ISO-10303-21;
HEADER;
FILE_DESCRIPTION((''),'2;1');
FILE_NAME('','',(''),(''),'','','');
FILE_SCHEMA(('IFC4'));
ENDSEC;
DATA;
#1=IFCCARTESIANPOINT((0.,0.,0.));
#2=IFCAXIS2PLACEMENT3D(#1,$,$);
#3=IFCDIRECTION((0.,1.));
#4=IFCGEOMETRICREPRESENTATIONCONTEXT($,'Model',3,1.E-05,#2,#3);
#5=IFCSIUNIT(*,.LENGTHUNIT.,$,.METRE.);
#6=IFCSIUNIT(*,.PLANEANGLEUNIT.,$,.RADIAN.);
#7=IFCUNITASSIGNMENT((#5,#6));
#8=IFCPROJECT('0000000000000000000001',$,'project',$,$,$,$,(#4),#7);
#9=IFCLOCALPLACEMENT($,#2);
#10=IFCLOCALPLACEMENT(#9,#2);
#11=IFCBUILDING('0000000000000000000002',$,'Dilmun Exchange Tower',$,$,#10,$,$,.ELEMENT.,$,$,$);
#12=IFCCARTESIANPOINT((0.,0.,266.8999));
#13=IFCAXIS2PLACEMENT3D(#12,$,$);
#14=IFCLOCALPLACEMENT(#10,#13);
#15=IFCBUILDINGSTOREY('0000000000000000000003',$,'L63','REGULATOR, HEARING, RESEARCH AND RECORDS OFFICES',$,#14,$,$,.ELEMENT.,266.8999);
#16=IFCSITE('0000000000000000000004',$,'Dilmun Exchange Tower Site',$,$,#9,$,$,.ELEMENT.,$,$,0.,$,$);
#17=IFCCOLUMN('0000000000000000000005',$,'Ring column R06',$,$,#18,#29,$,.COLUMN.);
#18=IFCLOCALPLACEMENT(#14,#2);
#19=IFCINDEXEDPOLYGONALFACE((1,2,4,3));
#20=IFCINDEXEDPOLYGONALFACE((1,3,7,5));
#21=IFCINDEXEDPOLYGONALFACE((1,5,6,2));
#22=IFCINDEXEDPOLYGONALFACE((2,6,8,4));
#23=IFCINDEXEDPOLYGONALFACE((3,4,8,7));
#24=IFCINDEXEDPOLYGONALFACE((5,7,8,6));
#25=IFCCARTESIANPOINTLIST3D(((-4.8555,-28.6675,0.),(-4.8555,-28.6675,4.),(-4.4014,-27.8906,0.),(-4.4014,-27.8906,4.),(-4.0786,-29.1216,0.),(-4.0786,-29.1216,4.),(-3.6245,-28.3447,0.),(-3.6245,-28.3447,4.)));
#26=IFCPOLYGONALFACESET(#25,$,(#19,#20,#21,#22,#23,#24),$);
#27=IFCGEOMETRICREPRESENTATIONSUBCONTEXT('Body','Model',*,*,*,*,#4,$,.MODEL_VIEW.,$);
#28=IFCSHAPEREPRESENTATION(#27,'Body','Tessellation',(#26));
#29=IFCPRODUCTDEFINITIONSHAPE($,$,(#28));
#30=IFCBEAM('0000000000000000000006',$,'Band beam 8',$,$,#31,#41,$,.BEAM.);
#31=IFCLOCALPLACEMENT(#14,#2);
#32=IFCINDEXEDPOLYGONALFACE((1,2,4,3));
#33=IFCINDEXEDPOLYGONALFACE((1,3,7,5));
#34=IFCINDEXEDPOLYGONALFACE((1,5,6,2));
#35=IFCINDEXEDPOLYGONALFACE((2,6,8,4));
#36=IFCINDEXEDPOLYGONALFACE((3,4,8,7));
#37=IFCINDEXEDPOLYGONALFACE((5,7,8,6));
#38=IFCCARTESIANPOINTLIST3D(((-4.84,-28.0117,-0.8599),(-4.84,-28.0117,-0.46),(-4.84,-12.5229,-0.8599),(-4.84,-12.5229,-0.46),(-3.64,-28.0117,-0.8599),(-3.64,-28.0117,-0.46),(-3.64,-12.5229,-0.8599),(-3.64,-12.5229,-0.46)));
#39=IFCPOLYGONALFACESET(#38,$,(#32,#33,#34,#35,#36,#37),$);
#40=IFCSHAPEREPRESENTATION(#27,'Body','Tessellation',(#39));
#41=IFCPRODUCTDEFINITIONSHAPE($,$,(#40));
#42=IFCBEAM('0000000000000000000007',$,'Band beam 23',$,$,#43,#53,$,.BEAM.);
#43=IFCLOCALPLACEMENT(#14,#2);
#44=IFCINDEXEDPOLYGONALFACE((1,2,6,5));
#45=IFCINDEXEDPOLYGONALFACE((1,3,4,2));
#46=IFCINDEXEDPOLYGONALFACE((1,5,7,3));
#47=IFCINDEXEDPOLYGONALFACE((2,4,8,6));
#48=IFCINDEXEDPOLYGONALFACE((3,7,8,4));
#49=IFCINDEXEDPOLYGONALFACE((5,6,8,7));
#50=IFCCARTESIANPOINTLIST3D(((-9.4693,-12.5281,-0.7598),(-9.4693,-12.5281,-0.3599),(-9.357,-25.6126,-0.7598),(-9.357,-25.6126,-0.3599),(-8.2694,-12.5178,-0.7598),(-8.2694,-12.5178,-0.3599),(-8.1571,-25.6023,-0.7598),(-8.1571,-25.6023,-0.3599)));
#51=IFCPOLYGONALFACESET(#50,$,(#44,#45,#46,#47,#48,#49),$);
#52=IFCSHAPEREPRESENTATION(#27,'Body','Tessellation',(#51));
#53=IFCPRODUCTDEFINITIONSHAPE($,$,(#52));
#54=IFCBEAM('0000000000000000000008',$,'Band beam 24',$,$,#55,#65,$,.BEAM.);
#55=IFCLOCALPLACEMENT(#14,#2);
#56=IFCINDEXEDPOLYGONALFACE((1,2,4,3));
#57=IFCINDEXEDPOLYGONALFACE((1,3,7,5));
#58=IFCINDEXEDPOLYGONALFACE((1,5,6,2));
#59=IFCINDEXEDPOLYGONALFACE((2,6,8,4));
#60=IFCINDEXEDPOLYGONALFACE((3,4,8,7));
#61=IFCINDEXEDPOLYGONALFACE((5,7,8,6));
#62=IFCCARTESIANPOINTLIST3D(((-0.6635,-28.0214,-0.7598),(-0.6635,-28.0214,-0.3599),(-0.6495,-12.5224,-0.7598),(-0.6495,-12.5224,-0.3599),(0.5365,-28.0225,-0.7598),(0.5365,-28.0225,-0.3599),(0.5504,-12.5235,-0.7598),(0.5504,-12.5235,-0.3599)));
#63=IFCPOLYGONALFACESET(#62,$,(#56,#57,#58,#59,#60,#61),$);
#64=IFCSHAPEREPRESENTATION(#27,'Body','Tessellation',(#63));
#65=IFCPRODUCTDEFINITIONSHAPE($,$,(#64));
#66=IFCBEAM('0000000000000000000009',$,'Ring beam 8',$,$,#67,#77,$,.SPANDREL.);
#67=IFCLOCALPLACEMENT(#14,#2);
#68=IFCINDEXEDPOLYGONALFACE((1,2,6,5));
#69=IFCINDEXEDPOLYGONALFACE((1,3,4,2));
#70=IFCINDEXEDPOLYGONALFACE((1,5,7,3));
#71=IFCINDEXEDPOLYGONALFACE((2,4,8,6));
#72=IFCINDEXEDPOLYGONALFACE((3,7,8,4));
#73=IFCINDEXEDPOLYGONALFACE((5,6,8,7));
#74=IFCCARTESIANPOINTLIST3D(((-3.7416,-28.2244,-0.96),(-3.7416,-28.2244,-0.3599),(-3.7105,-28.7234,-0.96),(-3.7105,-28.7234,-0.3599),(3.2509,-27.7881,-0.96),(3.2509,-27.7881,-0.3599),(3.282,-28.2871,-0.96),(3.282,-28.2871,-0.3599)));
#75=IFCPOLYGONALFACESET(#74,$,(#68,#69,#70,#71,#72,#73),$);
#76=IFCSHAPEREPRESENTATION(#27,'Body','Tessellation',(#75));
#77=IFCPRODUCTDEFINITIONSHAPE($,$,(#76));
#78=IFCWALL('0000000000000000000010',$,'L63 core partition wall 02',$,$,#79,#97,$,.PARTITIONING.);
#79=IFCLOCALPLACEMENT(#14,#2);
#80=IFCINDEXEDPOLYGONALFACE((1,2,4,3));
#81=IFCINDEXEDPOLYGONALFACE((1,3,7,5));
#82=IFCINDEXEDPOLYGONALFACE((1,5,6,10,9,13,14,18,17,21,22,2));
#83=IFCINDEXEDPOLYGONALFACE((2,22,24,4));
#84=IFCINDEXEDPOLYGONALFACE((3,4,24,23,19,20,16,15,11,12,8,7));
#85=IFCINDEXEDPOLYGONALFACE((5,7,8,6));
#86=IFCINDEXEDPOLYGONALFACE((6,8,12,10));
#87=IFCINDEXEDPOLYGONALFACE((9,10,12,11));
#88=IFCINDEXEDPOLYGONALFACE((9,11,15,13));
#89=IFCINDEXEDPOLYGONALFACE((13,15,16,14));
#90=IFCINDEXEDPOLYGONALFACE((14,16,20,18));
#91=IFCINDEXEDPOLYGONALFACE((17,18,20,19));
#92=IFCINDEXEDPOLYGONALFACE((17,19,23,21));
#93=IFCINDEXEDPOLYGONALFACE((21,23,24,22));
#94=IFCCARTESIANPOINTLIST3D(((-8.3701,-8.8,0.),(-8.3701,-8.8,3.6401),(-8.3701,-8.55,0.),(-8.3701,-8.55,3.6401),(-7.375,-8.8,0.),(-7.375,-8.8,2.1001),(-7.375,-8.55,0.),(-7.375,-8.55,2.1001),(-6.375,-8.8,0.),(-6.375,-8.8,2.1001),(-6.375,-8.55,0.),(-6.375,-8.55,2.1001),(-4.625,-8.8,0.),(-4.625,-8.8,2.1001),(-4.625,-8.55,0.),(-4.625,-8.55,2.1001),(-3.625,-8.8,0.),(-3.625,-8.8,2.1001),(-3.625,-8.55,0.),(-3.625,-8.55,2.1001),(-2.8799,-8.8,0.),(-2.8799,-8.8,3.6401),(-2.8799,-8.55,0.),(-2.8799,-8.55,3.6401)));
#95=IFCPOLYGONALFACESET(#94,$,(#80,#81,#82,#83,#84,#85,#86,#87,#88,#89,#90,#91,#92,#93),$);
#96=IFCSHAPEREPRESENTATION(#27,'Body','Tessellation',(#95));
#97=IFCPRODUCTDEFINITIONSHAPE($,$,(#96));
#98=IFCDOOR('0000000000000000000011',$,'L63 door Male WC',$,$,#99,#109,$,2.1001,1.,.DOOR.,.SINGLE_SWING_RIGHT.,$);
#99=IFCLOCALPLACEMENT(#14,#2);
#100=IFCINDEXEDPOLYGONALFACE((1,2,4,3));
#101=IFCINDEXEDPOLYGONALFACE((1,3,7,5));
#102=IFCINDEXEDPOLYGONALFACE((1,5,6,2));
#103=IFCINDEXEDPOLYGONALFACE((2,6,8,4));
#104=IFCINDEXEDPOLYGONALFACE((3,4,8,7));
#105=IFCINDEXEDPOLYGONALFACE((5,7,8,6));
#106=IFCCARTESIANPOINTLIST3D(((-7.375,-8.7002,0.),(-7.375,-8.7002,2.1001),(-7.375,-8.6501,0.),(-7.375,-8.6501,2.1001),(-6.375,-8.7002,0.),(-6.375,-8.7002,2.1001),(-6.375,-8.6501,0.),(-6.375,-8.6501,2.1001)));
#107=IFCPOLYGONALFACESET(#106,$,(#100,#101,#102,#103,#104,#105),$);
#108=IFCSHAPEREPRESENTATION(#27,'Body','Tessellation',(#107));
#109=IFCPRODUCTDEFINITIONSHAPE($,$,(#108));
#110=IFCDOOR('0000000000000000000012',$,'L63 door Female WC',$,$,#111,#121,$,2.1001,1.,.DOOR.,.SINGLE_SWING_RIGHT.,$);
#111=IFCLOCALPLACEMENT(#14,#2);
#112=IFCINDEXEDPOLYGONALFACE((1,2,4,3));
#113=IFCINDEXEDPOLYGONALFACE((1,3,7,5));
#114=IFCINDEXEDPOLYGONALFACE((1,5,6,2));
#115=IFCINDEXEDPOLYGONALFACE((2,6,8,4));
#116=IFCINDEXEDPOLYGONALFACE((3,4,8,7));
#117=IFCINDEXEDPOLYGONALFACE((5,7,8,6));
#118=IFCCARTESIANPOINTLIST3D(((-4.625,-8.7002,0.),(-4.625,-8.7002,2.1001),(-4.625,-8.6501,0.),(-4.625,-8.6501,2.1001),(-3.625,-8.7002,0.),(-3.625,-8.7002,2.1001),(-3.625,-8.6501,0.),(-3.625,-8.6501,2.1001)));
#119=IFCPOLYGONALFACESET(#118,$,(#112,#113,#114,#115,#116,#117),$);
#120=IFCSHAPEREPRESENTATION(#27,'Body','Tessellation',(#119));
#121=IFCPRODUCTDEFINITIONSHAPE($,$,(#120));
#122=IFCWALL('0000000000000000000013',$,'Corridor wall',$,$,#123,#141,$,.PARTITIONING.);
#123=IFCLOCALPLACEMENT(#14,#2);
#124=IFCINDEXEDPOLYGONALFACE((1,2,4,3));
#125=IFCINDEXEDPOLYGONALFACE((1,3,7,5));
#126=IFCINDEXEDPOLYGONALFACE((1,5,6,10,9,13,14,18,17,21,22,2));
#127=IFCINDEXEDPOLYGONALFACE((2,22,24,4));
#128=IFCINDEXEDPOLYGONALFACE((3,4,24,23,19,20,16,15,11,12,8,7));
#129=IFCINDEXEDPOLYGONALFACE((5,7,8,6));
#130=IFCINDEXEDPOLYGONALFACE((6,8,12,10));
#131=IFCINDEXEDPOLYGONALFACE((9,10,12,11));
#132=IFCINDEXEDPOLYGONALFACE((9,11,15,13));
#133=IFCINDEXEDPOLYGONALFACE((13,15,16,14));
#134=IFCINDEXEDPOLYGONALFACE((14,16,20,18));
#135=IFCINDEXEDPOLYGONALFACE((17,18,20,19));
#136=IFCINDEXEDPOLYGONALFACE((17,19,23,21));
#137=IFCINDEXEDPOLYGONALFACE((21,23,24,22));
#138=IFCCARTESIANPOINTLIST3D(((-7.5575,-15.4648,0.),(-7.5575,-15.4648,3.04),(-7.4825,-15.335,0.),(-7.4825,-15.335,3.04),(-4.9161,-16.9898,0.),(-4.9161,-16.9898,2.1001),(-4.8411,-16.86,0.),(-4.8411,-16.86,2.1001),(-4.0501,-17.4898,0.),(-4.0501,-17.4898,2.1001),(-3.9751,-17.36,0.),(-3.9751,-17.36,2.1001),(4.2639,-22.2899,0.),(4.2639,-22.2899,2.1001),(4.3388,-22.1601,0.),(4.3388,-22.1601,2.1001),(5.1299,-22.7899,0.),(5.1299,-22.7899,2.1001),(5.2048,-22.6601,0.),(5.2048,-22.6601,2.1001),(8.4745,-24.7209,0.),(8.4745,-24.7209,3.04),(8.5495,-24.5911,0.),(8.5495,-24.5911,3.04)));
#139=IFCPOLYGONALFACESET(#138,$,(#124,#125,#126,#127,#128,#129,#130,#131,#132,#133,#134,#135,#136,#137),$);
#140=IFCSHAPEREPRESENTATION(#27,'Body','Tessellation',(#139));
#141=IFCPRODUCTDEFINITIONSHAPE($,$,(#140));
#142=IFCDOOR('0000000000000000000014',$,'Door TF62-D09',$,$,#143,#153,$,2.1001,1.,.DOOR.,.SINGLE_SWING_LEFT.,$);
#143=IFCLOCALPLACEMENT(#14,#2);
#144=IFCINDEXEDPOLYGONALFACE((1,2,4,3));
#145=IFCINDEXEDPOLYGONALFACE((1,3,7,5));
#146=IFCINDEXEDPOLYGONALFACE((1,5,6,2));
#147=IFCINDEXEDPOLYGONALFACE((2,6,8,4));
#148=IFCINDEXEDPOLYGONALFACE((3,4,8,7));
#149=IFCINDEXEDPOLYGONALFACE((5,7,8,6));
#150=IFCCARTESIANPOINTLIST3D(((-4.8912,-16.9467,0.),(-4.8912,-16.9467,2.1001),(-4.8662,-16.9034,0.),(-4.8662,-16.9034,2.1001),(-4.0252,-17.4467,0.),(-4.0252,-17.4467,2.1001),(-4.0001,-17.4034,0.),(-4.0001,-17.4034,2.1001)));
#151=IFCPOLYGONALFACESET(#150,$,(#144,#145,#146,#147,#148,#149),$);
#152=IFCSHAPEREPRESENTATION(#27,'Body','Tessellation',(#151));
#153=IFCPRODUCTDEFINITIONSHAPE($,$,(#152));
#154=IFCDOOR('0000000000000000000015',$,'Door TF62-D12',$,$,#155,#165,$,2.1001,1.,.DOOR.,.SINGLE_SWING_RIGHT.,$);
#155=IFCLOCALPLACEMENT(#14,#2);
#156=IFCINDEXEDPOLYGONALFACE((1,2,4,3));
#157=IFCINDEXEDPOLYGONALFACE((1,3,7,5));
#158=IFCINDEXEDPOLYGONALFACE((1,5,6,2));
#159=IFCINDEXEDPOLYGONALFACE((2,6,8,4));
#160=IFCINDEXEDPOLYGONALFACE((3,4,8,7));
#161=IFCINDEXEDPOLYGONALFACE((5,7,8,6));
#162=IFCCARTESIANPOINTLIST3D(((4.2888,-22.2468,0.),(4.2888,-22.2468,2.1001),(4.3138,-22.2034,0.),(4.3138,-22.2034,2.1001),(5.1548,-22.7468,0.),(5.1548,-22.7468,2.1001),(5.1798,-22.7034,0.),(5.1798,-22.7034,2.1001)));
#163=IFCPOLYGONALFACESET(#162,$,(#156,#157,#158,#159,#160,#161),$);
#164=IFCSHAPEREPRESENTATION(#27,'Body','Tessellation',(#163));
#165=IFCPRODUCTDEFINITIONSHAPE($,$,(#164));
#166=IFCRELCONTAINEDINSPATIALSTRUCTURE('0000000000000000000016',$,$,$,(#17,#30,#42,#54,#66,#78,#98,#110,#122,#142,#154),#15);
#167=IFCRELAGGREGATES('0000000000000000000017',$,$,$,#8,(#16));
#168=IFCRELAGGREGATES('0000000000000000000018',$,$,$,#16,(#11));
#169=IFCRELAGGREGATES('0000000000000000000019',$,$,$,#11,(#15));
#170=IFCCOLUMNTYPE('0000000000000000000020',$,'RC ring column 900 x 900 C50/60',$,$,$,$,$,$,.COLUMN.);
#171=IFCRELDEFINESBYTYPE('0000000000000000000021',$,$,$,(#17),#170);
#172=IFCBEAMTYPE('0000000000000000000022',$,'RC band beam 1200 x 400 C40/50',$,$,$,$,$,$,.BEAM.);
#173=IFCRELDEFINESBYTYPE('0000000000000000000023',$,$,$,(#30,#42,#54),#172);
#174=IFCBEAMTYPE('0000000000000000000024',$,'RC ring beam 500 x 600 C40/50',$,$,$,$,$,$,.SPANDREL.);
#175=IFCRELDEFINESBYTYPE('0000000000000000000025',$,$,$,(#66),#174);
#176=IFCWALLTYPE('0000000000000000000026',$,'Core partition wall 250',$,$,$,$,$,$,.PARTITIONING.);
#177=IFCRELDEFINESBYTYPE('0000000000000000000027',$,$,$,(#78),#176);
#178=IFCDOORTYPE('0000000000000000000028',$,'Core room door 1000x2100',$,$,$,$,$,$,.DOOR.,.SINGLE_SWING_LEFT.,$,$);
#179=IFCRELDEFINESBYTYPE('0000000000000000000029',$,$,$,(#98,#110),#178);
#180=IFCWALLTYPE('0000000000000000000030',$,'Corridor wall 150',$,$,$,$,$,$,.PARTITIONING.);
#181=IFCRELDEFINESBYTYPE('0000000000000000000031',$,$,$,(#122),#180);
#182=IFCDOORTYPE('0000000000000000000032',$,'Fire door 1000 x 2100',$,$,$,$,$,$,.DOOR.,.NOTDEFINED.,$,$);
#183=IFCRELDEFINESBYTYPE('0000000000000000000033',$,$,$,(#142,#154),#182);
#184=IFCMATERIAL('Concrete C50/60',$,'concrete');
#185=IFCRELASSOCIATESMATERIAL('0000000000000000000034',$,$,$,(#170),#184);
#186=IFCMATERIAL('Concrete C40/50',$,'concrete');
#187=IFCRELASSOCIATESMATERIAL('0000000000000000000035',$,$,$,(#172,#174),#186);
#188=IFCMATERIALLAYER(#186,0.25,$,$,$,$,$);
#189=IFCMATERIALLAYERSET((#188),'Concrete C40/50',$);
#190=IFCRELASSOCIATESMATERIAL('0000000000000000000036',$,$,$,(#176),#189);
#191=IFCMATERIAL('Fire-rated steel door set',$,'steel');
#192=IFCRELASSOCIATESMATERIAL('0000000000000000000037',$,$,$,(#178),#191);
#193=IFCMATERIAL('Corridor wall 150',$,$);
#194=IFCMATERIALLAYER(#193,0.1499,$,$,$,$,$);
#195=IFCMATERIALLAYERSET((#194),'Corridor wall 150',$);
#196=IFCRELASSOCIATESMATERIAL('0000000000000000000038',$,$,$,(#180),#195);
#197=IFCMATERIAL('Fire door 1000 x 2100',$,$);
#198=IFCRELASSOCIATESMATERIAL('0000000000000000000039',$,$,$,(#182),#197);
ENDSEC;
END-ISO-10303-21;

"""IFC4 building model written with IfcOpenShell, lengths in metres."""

from ifc_helpers import new_model, si_unit, direction, frame, frame_2d, origin, origin_2d, place, context, subcontext, project, spatial, rectangle, extrude, material, layer, layer_set, material_profile, profile_set, type_object, element, fill, save


model = new_model("IFC4")

# Units and contexts
model_context = context("Model", 3, precision=1e-05, world=origin(), true_north=direction((0.0, 1.0)))
body_context = subcontext(model_context, "Body", "Model", "MODEL_VIEW")
ifc_project = project(units=[si_unit("LENGTHUNIT", "METRE"), si_unit("PLANEANGLEUNIT", "RADIAN")], contexts=[model_context])

# Site, building, storey
site_placement = place(None, origin())
site = spatial("IfcSite", under=ifc_project, at=site_placement, Name="Dilmun Exchange Tower Site", CompositionType="ELEMENT", RefElevation=0.0)
building_placement = place(site_placement, origin())
building = spatial("IfcBuilding", under=site, at=building_placement, Name="Dilmun Exchange Tower", CompositionType="ELEMENT")
storey_placement = place(building_placement, frame((0.0, 0.0, 266.8999)))
storey = spatial("IfcBuildingStorey", under=building, at=storey_placement, Name="L63", Description="REGULATOR, HEARING, RESEARCH AND RECORDS OFFICES", CompositionType="ELEMENT", Elevation=266.8999)

# Column
ifc_material_1 = material(Name="Concrete C50/60", Category="concrete")
ifc_material_profile_1 = material_profile(ifc_material_1, rectangle(XDim=0.8999, YDim=0.8999, at=origin_2d()), Name="900 x 900")
ifc_profile_set_1 = profile_set([ifc_material_profile_1], Name="Concrete C50/60")
column_type = type_object("IfcColumnType", Name="RC ring column 900 x 900 C50/60", PredefinedType="COLUMN", material=ifc_profile_set_1)
column_placement = place(storey_placement, frame((-4.24, -28.5061, 0.0), z_axis=(0.0, 0.0, 1.0), x_axis=(0.504644, 0.863328, 0.0)))
element("IfcColumn", 1, at=column_placement, inside=storey, type_object=column_type, Name="Ring column R06", PredefinedType="COLUMN", context=body_context, shape_type="SweptSolid", body=[
    extrude(rectangle(XDim=0.8999, YDim=0.8999, at=origin_2d()), origin(), (0.0, 0.0, 1.0), 4.0),
])

# Beams
ifc_material_2 = material(Name="Concrete C40/50", Category="concrete")
ifc_material_profile_2 = material_profile(ifc_material_2, rectangle(XDim=1.2, YDim=0.3999, at=origin_2d()), Name="1200 x 400")
ifc_profile_set_2 = profile_set([ifc_material_profile_2], Name="Concrete C40/50")
beam_type_1 = type_object("IfcBeamType", Name="RC band beam 1200 x 400 C40/50", PredefinedType="BEAM", material=ifc_profile_set_2)
beam_1_placement = place(storey_placement, frame((-4.24, -28.0117, -0.6599), z_axis=(0.0, 1.0, 0.0), x_axis=(-1.0, 0.0, 0.0)))
element("IfcBeam", 2, at=beam_1_placement, inside=storey, type_object=beam_type_1, Name="Band beam 8", PredefinedType="BEAM", context=body_context, shape_type="SweptSolid", body=[
    extrude(rectangle(XDim=1.2, YDim=0.3999, at=origin_2d()), origin(), (0.0, 0.0, 1.0), 15.4888),
])
beam_2_placement = place(storey_placement, frame((-8.7571, -25.6074, -0.5598), z_axis=(-0.008583, 0.999963, 0.0), x_axis=(-0.999963, -0.008583, 0.0)))
element("IfcBeam", 3, at=beam_2_placement, inside=storey, type_object=beam_type_1, Name="Band beam 23", PredefinedType="BEAM", context=body_context, shape_type="SweptSolid", body=[
    extrude(rectangle(XDim=1.2, YDim=0.3999, at=origin_2d()), origin(), (0.0, 0.0, 1.0), 13.085),
])
beam_3_placement = place(storey_placement, frame((-0.0635, -28.022, -0.5598), z_axis=(0.000898, 1.0, 0.0), x_axis=(-1.0, 0.000898, 0.0)))
element("IfcBeam", 4, at=beam_3_placement, inside=storey, type_object=beam_type_1, Name="Band beam 24", PredefinedType="BEAM", context=body_context, shape_type="SweptSolid", body=[
    extrude(rectangle(XDim=1.2, YDim=0.3999, at=origin_2d()), origin(), (0.0, 0.0, 1.0), 15.499),
])
ifc_material_profile_3 = material_profile(ifc_material_2, rectangle(XDim=0.5, YDim=0.6001, at=origin_2d()), Name="500 x 600")
ifc_profile_set_3 = profile_set([ifc_material_profile_3], Name="Concrete C40/50")
beam_type_2 = type_object("IfcBeamType", Name="RC ring beam 500 x 600 C40/50", PredefinedType="SPANDREL", material=ifc_profile_set_3)
beam_4_placement = place(storey_placement, frame((-3.7261, -28.4739, -0.6599), z_axis=(0.998059, 0.062272, 0.0), x_axis=(-0.062272, 0.998059, 0.0)))
element("IfcBeam", 5, at=beam_4_placement, inside=storey, type_object=beam_type_2, Name="Ring beam 8", PredefinedType="SPANDREL", context=body_context, shape_type="SweptSolid", body=[
    extrude(rectangle(XDim=0.5, YDim=0.6001, at=origin_2d()), origin(), (0.0, 0.0, 1.0), 7.0061),
])

# Walls, openings, doors
ifc_layer_1 = layer(ifc_material_2, 0.25)
ifc_layer_set_1 = layer_set([ifc_layer_1], Name="Concrete C40/50")
wall_type_1 = type_object("IfcWallType", Name="Core partition wall 250", PredefinedType="PARTITIONING", material=ifc_layer_set_1)
wall_1_placement = place(storey_placement, frame((-8.3701, -8.675, 0.0), z_axis=(0.0, 0.0, 1.0), x_axis=(1.0, 0.0, 0.0)))
wall_1 = element("IfcWall", 6, at=wall_1_placement, inside=storey, type_object=wall_type_1, Name="L63 core partition wall 02", PredefinedType="PARTITIONING", context=body_context, shape_type="SweptSolid", body=[
    extrude(rectangle(XDim=5.4902, YDim=0.25, at=frame_2d((2.7451, 0.0))), origin(), (0.0, 0.0, 1.0), 3.6401),
])
opening_1_placement = place(wall_1_placement, frame((0.9951, 0.0, 0.0)))
opening_1 = element("IfcOpeningElement", 7, at=opening_1_placement, cuts=wall_1, PredefinedType="OPENING", context=body_context, shape_type="SweptSolid", body=[
    extrude(rectangle(XDim=1.0, YDim=2.1001, at=frame_2d((0.5, 1.05))), frame((0.0, 0.135, 0.0), z_axis=(0.0, -1.0, 0.0), x_axis=(1.0, 0.0, 0.0)), (0.0, 0.0, 1.0), 0.27),
])
opening_2_placement = place(wall_1_placement, frame((3.7451, 0.0, 0.0)))
opening_2 = element("IfcOpeningElement", 8, at=opening_2_placement, cuts=wall_1, PredefinedType="OPENING", context=body_context, shape_type="SweptSolid", body=[
    extrude(rectangle(XDim=1.0, YDim=2.1001, at=frame_2d((0.5, 1.05))), frame((0.0, 0.135, 0.0), z_axis=(0.0, -1.0, 0.0), x_axis=(1.0, 0.0, 0.0)), (0.0, 0.0, 1.0), 0.27),
])
ifc_material_3 = material(Name="Fire-rated steel door set", Category="steel")
door_type_1 = type_object("IfcDoorType", Name="Core room door 1000x2100", OperationType="SINGLE_SWING_LEFT", PredefinedType="DOOR", material=ifc_material_3)
door_1_placement = place(opening_1_placement, origin())
door_1 = element("IfcDoor", 9, at=door_1_placement, inside=storey, type_object=door_type_1, Name="L63 door Male WC", OperationType="SINGLE_SWING_RIGHT", OverallHeight=2.1001, OverallWidth=1.0, PredefinedType="DOOR", context=body_context, shape_type="SweptSolid", body=[
    extrude(rectangle(XDim=1.0, YDim=2.1001, at=frame_2d((0.5, 1.05))), frame((0.0, 0.0249, 0.0), z_axis=(0.0, -1.0, 0.0), x_axis=(1.0, 0.0, 0.0)), (0.0, 0.0, 1.0), 0.05),
])
fill(opening_1, door_1)
door_2_placement = place(opening_2_placement, origin())
door_2 = element("IfcDoor", 10, at=door_2_placement, inside=storey, type_object=door_type_1, Name="L63 door Female WC", OperationType="SINGLE_SWING_RIGHT", OverallHeight=2.1001, OverallWidth=1.0, PredefinedType="DOOR", context=body_context, shape_type="SweptSolid", body=[
    extrude(rectangle(XDim=1.0, YDim=2.1001, at=frame_2d((0.5, 1.05))), frame((0.0, 0.0249, 0.0), z_axis=(0.0, -1.0, 0.0), x_axis=(1.0, 0.0, 0.0)), (0.0, 0.0, 1.0), 0.05),
])
fill(opening_2, door_2)
ifc_material_4 = material(Name="Corridor wall 150")
ifc_layer_2 = layer(ifc_material_4, 0.1499)
ifc_layer_set_2 = layer_set([ifc_layer_2], Name="Corridor wall 150")
wall_type_2 = type_object("IfcWallType", Name="Corridor wall 150", PredefinedType="PARTITIONING", material=ifc_layer_set_2)
wall_2_placement = place(storey_placement, frame((-7.52, -15.3999, 0.0), z_axis=(0.0, 0.0, 1.0), x_axis=(0.866025, -0.500001, 0.0)))
wall_2 = element("IfcWall", 11, at=wall_2_placement, inside=storey, type_object=wall_type_2, Name="Corridor wall", PredefinedType="PARTITIONING", context=body_context, shape_type="SweptSolid", body=[
    extrude(rectangle(XDim=18.5122, YDim=0.1499, at=frame_2d((9.2561, 0.0))), origin(), (0.0, 0.0, 1.0), 3.04),
])
opening_3_placement = place(wall_2_placement, frame((3.05, 0.0, 0.0)))
opening_3 = element("IfcOpeningElement", 12, at=opening_3_placement, cuts=wall_2, PredefinedType="OPENING", context=body_context, shape_type="SweptSolid", body=[
    extrude(rectangle(XDim=1.0, YDim=2.1001, at=frame_2d((0.5, 1.05))), frame((0.0, 0.085, 0.0), z_axis=(0.0, -1.0, 0.0), x_axis=(1.0, 0.0, 0.0)), (0.0, 0.0, 1.0), 0.1699),
])
opening_4_placement = place(wall_2_placement, frame((13.6501, 0.0, 0.0)))
opening_4 = element("IfcOpeningElement", 13, at=opening_4_placement, cuts=wall_2, PredefinedType="OPENING", context=body_context, shape_type="SweptSolid", body=[
    extrude(rectangle(XDim=1.0, YDim=2.1001, at=frame_2d((0.5, 1.05))), frame((0.0, 0.085, 0.0), z_axis=(0.0, -1.0, 0.0), x_axis=(1.0, 0.0, 0.0)), (0.0, 0.0, 1.0), 0.1699),
])
ifc_material_5 = material(Name="Fire door 1000 x 2100")
door_type_2 = type_object("IfcDoorType", Name="Fire door 1000 x 2100", OperationType="NOTDEFINED", PredefinedType="DOOR", material=ifc_material_5)
door_3_placement = place(opening_3_placement, origin())
door_3 = element("IfcDoor", 14, at=door_3_placement, inside=storey, type_object=door_type_2, Name="Door TF62-D09", OperationType="SINGLE_SWING_LEFT", OverallHeight=2.1001, OverallWidth=1.0, PredefinedType="DOOR", context=body_context, shape_type="SweptSolid", body=[
    extrude(rectangle(XDim=1.0, YDim=2.1001, at=frame_2d((0.5, 1.05))), frame((0.0, 0.0249, 0.0), z_axis=(0.0, -1.0, 0.0), x_axis=(1.0, 0.0, 0.0)), (0.0, 0.0, 1.0), 0.05),
])
fill(opening_3, door_3)
door_4_placement = place(opening_4_placement, origin())
door_4 = element("IfcDoor", 15, at=door_4_placement, inside=storey, type_object=door_type_2, Name="Door TF62-D12", OperationType="SINGLE_SWING_RIGHT", OverallHeight=2.1001, OverallWidth=1.0, PredefinedType="DOOR", context=body_context, shape_type="SweptSolid", body=[
    extrude(rectangle(XDim=1.0, YDim=2.1001, at=frame_2d((0.5, 1.05))), frame((0.0, 0.0249, 0.0), z_axis=(0.0, -1.0, 0.0), x_axis=(1.0, 0.0, 0.0)), (0.0, 0.0, 1.0), 0.05),
])
fill(opening_4, door_4)

save(model, "model.ifc")
